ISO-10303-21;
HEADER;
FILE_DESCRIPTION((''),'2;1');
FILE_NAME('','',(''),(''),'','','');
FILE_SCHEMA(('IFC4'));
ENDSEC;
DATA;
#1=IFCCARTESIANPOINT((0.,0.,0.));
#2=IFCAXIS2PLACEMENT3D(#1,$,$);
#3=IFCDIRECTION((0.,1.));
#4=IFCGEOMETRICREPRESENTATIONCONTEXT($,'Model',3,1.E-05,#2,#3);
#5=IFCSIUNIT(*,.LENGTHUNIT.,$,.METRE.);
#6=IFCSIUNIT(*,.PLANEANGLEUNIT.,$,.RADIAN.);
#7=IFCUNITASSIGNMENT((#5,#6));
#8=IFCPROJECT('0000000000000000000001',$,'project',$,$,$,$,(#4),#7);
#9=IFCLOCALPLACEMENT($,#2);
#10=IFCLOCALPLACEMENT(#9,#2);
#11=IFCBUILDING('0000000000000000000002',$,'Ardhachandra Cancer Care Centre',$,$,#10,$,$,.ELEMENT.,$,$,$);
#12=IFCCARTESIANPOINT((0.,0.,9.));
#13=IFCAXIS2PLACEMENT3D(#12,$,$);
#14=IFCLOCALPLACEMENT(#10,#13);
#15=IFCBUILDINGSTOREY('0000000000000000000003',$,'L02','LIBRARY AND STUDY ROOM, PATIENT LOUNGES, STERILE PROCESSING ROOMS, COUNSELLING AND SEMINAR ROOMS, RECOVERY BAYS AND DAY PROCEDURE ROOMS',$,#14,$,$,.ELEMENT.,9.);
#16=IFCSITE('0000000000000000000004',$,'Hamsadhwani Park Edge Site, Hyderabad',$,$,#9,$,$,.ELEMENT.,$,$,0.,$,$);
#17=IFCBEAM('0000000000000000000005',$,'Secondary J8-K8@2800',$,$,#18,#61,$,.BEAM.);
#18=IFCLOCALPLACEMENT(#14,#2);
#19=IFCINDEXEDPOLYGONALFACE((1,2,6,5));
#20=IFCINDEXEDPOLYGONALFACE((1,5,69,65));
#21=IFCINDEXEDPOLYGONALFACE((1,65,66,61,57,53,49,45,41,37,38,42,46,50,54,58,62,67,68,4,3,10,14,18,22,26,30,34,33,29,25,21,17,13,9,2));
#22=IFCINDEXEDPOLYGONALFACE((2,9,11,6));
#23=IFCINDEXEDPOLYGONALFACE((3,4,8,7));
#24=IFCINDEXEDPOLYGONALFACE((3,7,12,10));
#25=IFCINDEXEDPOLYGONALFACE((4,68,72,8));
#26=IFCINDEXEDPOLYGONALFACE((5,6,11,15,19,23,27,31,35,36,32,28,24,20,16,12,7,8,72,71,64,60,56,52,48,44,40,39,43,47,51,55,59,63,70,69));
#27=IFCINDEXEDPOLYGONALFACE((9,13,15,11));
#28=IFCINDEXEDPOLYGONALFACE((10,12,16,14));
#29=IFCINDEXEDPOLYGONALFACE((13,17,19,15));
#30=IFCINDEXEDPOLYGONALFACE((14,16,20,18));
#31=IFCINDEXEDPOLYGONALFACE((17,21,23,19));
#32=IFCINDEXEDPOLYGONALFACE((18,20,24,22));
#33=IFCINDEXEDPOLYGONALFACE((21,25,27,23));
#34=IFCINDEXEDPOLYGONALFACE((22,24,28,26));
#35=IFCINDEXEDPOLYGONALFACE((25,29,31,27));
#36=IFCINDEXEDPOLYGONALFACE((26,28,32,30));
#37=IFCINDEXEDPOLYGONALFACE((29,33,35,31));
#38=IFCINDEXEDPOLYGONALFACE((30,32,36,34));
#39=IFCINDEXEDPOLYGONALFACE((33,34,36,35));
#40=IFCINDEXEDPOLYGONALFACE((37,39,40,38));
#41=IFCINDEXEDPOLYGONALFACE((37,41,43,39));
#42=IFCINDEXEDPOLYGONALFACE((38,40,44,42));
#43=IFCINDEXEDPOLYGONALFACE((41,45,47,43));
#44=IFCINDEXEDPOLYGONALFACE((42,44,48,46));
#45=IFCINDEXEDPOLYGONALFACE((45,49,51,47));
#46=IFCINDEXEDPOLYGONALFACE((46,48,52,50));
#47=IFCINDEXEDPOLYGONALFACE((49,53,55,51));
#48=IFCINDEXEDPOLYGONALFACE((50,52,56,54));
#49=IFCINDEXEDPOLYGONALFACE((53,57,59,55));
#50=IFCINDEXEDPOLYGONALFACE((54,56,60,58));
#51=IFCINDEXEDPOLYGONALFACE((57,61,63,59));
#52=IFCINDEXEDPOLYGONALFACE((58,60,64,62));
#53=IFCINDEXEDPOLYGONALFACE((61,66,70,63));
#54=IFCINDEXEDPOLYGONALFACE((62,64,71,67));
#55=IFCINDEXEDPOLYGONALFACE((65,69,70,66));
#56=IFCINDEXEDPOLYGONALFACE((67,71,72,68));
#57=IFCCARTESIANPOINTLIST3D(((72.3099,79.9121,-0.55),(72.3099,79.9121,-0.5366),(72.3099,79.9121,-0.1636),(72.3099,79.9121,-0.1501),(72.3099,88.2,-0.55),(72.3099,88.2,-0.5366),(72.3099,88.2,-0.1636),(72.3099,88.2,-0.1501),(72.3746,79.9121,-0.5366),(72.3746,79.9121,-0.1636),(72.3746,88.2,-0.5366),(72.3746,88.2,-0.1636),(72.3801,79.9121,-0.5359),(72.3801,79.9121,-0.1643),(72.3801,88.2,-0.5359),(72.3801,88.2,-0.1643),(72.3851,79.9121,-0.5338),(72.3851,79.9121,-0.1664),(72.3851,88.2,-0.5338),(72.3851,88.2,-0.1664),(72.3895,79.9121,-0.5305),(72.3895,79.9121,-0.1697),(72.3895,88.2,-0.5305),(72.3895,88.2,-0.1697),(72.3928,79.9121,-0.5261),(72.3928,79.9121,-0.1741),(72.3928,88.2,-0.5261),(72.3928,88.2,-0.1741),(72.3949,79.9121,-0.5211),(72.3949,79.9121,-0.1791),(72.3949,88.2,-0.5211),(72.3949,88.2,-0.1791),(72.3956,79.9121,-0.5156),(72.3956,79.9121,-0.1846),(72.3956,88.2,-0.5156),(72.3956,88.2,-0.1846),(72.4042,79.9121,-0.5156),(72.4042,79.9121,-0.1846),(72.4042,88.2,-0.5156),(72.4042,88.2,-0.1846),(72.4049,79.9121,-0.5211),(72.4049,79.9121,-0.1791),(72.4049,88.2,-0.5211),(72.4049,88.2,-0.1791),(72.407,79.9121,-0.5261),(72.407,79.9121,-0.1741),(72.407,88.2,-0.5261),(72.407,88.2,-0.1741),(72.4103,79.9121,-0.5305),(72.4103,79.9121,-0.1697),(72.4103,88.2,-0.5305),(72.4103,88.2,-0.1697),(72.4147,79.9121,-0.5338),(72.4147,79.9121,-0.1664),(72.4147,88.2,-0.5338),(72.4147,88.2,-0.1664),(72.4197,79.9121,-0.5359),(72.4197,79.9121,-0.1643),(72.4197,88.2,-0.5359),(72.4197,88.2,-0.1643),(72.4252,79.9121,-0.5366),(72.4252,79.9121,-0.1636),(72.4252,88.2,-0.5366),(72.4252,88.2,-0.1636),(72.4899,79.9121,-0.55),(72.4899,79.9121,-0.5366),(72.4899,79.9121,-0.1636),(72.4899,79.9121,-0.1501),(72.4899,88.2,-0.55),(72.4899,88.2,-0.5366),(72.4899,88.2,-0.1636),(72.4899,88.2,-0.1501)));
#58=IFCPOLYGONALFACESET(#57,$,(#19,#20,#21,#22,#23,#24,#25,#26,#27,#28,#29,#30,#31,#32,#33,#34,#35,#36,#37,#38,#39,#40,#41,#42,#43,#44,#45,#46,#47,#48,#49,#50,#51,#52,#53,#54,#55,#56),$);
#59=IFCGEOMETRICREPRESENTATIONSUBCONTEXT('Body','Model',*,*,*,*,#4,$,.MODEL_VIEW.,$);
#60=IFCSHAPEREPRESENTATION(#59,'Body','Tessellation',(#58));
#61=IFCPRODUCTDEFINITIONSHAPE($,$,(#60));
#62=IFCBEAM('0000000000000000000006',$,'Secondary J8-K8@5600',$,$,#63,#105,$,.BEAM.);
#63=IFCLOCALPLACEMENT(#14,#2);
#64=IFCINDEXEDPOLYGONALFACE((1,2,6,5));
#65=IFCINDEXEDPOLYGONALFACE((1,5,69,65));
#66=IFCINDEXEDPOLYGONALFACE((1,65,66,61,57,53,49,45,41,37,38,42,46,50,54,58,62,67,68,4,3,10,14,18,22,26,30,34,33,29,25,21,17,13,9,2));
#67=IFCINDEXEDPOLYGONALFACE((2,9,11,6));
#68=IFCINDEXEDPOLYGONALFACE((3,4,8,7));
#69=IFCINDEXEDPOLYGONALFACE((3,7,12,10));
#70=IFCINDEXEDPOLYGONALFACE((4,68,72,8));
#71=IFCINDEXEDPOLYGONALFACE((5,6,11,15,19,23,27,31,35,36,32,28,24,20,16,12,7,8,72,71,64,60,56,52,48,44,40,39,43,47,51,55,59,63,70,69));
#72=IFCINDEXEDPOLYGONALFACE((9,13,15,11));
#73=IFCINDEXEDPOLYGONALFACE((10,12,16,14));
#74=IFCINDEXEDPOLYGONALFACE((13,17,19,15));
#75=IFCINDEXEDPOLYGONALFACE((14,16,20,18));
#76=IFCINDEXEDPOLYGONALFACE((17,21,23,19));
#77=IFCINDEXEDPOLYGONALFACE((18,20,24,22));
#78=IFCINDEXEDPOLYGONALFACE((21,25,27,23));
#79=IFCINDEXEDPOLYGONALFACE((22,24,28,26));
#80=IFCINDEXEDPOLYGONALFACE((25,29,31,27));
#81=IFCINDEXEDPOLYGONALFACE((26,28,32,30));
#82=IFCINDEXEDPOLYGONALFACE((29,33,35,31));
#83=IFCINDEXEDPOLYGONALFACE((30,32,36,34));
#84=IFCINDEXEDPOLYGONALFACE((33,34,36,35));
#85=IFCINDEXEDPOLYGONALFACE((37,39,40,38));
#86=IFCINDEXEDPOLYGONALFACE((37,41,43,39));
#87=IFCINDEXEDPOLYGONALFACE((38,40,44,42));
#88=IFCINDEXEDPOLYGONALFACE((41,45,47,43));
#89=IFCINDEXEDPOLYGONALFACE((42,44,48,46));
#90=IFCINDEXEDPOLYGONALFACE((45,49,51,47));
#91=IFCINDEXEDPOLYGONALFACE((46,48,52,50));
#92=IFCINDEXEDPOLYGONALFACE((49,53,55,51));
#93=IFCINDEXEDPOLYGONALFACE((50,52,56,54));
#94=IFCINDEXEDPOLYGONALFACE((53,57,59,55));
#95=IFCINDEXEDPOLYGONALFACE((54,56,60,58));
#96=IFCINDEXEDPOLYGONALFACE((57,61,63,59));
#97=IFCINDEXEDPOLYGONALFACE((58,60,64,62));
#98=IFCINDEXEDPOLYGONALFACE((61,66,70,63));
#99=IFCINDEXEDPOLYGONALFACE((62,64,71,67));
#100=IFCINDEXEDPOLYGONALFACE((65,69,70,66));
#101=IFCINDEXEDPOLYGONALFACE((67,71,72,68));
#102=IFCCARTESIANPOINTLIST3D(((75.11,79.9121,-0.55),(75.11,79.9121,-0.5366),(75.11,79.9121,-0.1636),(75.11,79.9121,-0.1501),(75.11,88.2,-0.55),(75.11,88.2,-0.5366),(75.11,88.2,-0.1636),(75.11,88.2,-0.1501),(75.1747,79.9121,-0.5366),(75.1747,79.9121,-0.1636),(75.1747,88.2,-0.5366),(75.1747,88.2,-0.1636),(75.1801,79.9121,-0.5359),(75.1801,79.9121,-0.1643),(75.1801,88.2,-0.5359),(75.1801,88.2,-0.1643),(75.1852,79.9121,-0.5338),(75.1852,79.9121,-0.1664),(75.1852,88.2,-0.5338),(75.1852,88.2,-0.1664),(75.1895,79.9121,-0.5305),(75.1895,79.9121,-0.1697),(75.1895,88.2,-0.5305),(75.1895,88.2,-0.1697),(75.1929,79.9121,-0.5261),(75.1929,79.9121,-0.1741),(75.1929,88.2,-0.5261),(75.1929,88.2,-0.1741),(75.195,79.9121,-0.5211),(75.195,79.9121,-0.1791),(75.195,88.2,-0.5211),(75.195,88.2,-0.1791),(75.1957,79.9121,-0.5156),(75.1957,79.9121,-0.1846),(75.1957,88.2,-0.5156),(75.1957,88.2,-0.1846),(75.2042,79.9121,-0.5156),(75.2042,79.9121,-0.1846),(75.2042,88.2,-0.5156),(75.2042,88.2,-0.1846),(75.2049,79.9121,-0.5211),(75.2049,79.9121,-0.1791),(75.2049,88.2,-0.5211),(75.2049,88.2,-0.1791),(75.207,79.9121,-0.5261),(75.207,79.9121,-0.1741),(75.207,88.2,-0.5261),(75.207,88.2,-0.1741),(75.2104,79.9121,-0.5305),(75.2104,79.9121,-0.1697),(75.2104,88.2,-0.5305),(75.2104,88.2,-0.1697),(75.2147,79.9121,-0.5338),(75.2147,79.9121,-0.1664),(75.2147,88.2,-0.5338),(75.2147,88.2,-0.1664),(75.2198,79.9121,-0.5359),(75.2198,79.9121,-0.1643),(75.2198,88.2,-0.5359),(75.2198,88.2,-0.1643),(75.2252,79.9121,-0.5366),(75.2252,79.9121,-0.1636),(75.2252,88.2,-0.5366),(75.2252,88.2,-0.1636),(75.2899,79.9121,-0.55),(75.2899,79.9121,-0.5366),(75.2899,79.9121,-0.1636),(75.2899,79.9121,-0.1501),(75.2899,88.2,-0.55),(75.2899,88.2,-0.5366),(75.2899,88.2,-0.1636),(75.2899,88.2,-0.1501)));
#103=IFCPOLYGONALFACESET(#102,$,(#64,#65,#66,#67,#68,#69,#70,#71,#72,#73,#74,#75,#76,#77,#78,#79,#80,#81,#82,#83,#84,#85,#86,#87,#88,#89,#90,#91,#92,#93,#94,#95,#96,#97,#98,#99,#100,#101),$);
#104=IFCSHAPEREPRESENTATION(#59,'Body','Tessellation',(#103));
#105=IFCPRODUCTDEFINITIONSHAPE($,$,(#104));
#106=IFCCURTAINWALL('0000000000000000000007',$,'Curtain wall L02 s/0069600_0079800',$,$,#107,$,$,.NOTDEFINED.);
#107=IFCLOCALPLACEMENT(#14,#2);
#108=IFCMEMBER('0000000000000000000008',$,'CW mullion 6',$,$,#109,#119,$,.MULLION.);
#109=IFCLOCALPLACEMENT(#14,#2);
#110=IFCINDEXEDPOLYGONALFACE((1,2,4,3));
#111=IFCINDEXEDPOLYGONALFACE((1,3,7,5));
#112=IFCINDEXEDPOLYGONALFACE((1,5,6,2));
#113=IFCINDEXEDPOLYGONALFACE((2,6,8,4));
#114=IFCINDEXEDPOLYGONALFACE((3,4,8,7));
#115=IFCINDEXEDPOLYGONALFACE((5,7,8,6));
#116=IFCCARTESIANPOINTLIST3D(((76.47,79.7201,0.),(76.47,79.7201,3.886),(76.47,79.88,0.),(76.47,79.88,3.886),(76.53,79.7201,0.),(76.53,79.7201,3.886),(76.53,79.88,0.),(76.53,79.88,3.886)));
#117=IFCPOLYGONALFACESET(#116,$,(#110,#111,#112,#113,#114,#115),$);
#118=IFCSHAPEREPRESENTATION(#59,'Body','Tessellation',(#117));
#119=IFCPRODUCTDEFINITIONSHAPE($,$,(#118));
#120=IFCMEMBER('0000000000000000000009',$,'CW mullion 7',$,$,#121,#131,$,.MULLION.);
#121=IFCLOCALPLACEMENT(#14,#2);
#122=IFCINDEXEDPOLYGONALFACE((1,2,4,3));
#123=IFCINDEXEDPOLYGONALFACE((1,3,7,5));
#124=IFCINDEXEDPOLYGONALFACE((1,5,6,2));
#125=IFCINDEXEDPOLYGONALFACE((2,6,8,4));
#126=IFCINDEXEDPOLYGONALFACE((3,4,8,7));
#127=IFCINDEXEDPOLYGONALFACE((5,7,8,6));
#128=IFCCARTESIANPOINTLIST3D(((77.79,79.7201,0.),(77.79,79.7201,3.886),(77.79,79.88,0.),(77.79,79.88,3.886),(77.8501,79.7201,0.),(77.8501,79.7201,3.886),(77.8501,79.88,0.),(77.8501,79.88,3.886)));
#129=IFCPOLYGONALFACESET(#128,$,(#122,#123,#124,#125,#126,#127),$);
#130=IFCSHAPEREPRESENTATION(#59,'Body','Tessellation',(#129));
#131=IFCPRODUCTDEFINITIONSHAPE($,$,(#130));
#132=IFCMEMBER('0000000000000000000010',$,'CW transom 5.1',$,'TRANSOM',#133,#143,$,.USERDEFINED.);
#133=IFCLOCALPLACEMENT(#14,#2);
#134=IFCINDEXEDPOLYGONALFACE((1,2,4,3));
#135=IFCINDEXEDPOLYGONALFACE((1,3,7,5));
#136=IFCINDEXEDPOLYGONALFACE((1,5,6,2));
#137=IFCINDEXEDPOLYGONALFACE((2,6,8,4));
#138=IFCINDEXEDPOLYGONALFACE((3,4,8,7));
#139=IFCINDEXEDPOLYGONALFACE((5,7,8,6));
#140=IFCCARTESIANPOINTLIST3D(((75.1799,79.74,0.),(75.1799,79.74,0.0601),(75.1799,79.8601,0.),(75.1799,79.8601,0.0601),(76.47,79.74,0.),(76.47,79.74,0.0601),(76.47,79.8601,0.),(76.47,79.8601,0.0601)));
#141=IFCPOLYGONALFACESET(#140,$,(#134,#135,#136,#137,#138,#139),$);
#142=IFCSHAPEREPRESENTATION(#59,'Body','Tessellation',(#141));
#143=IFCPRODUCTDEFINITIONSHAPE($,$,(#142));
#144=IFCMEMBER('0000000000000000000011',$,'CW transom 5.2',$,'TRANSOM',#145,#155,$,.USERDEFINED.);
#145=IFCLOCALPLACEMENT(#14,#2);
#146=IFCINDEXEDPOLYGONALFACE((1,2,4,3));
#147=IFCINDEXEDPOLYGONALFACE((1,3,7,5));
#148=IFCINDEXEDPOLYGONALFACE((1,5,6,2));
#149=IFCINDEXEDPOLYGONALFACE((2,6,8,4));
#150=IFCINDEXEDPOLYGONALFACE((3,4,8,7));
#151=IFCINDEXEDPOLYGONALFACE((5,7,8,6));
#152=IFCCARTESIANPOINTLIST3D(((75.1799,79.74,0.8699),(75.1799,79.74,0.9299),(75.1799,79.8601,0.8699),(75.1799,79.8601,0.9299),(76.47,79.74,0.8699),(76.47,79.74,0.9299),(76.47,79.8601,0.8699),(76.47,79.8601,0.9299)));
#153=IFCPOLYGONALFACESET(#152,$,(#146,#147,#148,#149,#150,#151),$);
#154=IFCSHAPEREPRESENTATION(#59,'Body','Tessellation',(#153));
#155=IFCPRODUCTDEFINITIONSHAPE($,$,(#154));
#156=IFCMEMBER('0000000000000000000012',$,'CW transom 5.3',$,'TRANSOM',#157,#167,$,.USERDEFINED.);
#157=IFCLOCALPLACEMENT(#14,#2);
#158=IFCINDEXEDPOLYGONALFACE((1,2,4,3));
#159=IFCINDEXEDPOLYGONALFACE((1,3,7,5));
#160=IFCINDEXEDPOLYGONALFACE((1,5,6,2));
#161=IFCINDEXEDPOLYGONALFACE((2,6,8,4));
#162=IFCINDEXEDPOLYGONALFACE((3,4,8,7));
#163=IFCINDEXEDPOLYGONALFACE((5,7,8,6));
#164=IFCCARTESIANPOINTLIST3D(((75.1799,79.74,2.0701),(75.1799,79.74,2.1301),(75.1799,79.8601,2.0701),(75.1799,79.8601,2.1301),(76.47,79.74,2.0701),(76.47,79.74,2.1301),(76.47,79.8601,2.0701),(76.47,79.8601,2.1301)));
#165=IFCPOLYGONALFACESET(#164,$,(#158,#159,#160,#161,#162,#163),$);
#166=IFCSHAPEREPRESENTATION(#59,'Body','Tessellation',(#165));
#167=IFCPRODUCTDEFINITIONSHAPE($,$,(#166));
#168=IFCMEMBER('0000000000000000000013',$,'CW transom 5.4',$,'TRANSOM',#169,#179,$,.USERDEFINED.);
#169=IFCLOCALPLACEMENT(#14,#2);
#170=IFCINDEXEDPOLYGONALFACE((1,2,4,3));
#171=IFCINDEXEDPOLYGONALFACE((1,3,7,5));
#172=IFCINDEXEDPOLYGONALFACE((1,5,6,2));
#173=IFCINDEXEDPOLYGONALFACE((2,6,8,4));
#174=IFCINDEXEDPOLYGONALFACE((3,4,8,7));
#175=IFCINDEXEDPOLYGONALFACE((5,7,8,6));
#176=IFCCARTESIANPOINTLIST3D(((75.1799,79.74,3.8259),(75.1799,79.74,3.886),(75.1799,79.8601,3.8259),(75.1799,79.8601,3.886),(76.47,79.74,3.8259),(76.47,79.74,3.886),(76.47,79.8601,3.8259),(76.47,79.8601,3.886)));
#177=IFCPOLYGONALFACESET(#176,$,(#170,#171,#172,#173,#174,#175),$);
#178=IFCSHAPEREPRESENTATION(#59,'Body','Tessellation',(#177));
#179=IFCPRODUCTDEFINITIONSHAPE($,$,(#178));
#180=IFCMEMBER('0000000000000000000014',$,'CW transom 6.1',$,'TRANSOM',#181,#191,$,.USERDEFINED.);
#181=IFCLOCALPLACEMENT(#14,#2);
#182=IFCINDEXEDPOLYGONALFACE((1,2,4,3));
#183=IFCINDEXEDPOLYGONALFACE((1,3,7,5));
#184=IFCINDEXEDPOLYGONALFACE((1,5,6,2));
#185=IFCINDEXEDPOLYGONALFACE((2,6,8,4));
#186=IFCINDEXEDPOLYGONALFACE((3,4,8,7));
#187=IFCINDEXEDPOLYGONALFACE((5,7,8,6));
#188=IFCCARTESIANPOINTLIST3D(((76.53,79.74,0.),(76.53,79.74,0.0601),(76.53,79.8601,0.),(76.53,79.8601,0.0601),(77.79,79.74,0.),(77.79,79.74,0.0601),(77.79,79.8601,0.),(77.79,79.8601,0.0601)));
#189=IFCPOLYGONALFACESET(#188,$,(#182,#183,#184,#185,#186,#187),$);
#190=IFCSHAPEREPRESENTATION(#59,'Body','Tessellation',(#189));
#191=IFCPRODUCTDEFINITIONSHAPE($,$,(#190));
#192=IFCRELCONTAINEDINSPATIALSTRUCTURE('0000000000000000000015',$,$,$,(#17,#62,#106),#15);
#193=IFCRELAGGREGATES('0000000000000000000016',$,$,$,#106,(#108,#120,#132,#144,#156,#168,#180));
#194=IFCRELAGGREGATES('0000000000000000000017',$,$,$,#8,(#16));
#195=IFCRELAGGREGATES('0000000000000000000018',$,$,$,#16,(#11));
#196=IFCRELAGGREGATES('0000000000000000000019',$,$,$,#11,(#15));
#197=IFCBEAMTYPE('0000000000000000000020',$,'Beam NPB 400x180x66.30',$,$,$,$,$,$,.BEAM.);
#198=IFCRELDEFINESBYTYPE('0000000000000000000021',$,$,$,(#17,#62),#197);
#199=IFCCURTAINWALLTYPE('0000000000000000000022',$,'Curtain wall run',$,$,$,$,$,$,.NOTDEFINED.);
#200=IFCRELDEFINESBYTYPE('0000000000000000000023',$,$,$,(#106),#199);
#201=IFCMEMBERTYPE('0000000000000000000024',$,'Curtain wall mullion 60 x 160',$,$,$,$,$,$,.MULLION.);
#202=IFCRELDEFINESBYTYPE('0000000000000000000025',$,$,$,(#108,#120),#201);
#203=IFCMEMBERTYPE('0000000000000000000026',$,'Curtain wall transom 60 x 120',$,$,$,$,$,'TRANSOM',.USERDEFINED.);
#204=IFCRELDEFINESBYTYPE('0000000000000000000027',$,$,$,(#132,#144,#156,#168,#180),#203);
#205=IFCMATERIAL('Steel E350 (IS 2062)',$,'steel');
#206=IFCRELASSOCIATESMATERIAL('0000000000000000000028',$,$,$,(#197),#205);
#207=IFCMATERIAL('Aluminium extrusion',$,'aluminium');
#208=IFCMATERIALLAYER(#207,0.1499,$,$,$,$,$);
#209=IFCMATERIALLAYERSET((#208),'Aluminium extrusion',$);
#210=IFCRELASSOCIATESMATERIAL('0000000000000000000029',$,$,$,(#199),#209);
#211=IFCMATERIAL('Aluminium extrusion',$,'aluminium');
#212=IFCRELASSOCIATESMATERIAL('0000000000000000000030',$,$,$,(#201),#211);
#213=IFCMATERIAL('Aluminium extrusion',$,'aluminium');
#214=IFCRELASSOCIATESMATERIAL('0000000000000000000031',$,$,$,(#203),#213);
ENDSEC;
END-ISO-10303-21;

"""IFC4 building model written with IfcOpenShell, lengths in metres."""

from ifc_helpers import new_model, si_unit, direction, frame, origin, origin_2d, place, context, subcontext, project, spatial, rectangle, i_section, extrude, material, layer, layer_set, material_profile, profile_set, type_object, element, aggregate, save


model = new_model("IFC4")

# Units and contexts
model_context = context("Model", 3, precision=1e-05, world=origin(), true_north=direction((0.0, 1.0)))
body_context = subcontext(model_context, "Body", "Model", "MODEL_VIEW")
ifc_project = project(units=[si_unit("LENGTHUNIT", "METRE"), si_unit("PLANEANGLEUNIT", "RADIAN")], contexts=[model_context])

# Site, building, storey
site_placement = place(None, origin())
site = spatial("IfcSite", under=ifc_project, at=site_placement, Name="Hamsadhwani Park Edge Site, Hyderabad", CompositionType="ELEMENT", RefElevation=0.0)
building_placement = place(site_placement, origin())
building = spatial("IfcBuilding", under=site, at=building_placement, Name="Ardhachandra Cancer Care Centre", CompositionType="ELEMENT")
storey_placement = place(building_placement, frame((0.0, 0.0, 9.0)))
storey = spatial("IfcBuildingStorey", under=building, at=storey_placement, Name="L02", Description="LIBRARY AND STUDY ROOM, PATIENT LOUNGES, STERILE PROCESSING ROOMS, COUNSELLING AND SEMINAR ROOMS, RECOVERY BAYS AND DAY PROCEDURE ROOMS", CompositionType="ELEMENT", Elevation=9.0)

# Beams
ifc_material_1 = material(Name="Steel E350 (IS 2062)", Category="steel")
ifc_material_profile_1 = material_profile(ifc_material_1, i_section(OverallWidth=0.1799, OverallDepth=0.3999, WebThickness=0.0085, FlangeThickness=0.0134, FilletRadius=0.021, at=origin_2d()), Name="NPB 400x180x66.30")
ifc_profile_set_1 = profile_set([ifc_material_profile_1], Name="Steel E350 (IS 2062)")
beam_type = type_object("IfcBeamType", Name="Beam NPB 400x180x66.30", PredefinedType="BEAM", material=ifc_profile_set_1)
for number, where, z_axis, x_axis, name in (
    (1, (72.3999, 79.9121, -0.3501), (0.0, 1.0, 0.0), (-1.0, 0.0, 0.0), "Secondary J8-K8@2800"),
    (2, (75.2, 79.9121, -0.3501), (0.0, 1.0, 0.0), (-1.0, 0.0, 0.0), "Secondary J8-K8@5600"),
):
    element("IfcBeam", number, at=place(storey_placement, frame(where, z_axis=z_axis, x_axis=x_axis)), inside=storey, type_object=beam_type, Name=name, PredefinedType="BEAM", context=body_context, shape_type="SweptSolid", body=[
        extrude(i_section(OverallWidth=0.1799, OverallDepth=0.3999, WebThickness=0.0085, FlangeThickness=0.0134, FilletRadius=0.021, at=origin_2d()), origin(), (0.0, 0.0, 1.0), 8.2878),
    ])

# Curtain wall, members
ifc_material_2 = material(Name="Aluminium extrusion", Category="aluminium")
ifc_layer_1 = layer(ifc_material_2, 0.1499)
ifc_layer_set_1 = layer_set([ifc_layer_1], Name="Aluminium extrusion")
curtain_wall_type = type_object("IfcCurtainWallType", Name="Curtain wall run", PredefinedType="NOTDEFINED", material=ifc_layer_set_1)
curtain_wall_placement = place(storey_placement, origin())
curtain_wall = element("IfcCurtainWall", 3, at=curtain_wall_placement, inside=storey, type_object=curtain_wall_type, Name="Curtain wall L02 s/0069600_0079800", PredefinedType="NOTDEFINED")
ifc_material_3 = material(Name="Aluminium extrusion", Category="aluminium")
ifc_material_profile_2 = material_profile(ifc_material_3, rectangle(XDim=0.1599, YDim=0.0601, at=origin_2d()), Name="Curtain wall mullion 60 x 160")
ifc_profile_set_2 = profile_set([ifc_material_profile_2], Name="Aluminium extrusion")
member_type_1 = type_object("IfcMemberType", Name="Curtain wall mullion 60 x 160", PredefinedType="MULLION", material=ifc_profile_set_2)
member_1_placement = place(storey_placement, frame((76.5, 79.8, 0.0), z_axis=(0.0, 0.0, 1.0), x_axis=(0.0, 1.0, 0.0)))
member_1 = element("IfcMember", 4, at=member_1_placement, type_object=member_type_1, Name="CW mullion 6", PredefinedType="MULLION", context=body_context, shape_type="SweptSolid", body=[
    extrude(rectangle(XDim=0.1599, YDim=0.0601, at=origin_2d()), origin(), (0.0, 0.0, 1.0), 3.886),
])
member_2_placement = place(storey_placement, frame((77.8201, 79.8, 0.0), z_axis=(0.0, 0.0, 1.0), x_axis=(0.0, 1.0, 0.0)))
member_2 = element("IfcMember", 5, at=member_2_placement, type_object=member_type_1, Name="CW mullion 7", PredefinedType="MULLION", context=body_context, shape_type="SweptSolid", body=[
    extrude(rectangle(XDim=0.1599, YDim=0.0601, at=origin_2d()), origin(), (0.0, 0.0, 1.0), 3.886),
])
ifc_material_4 = material(Name="Aluminium extrusion", Category="aluminium")
ifc_material_profile_3 = material_profile(ifc_material_4, rectangle(XDim=0.1201, YDim=0.0601, at=origin_2d()), Name="Curtain wall transom 60 x 120")
ifc_profile_set_3 = profile_set([ifc_material_profile_3], Name="Aluminium extrusion")
member_type_2 = type_object("IfcMemberType", Name="Curtain wall transom 60 x 120", ElementType="TRANSOM", PredefinedType="USERDEFINED", material=ifc_profile_set_3)
member_3_placement = place(storey_placement, frame((75.1799, 79.8, 0.03), z_axis=(1.0, 0.0, 0.0), x_axis=(0.0, 1.0, 0.0)))
member_3 = element("IfcMember", 6, at=member_3_placement, type_object=member_type_2, Name="CW transom 5.1", ObjectType="TRANSOM", PredefinedType="USERDEFINED", context=body_context, shape_type="SweptSolid", body=[
    extrude(rectangle(XDim=0.1201, YDim=0.0601, at=origin_2d()), origin(), (0.0, 0.0, 1.0), 1.29),
])
member_4_placement = place(storey_placement, frame((75.1799, 79.8, 0.8999), z_axis=(1.0, 0.0, 0.0), x_axis=(0.0, 1.0, 0.0)))
member_4 = element("IfcMember", 7, at=member_4_placement, type_object=member_type_2, Name="CW transom 5.2", ObjectType="TRANSOM", PredefinedType="USERDEFINED", context=body_context, shape_type="SweptSolid", body=[
    extrude(rectangle(XDim=0.1201, YDim=0.0601, at=origin_2d()), origin(), (0.0, 0.0, 1.0), 1.29),
])
member_5_placement = place(storey_placement, frame((75.1799, 79.8, 2.1001), z_axis=(1.0, 0.0, 0.0), x_axis=(0.0, 1.0, 0.0)))
member_5 = element("IfcMember", 8, at=member_5_placement, type_object=member_type_2, Name="CW transom 5.3", ObjectType="TRANSOM", PredefinedType="USERDEFINED", context=body_context, shape_type="SweptSolid", body=[
    extrude(rectangle(XDim=0.1201, YDim=0.0601, at=origin_2d()), origin(), (0.0, 0.0, 1.0), 1.29),
])
member_6_placement = place(storey_placement, frame((75.1799, 79.8, 3.856), z_axis=(1.0, 0.0, 0.0), x_axis=(0.0, 1.0, 0.0)))
member_6 = element("IfcMember", 9, at=member_6_placement, type_object=member_type_2, Name="CW transom 5.4", ObjectType="TRANSOM", PredefinedType="USERDEFINED", context=body_context, shape_type="SweptSolid", body=[
    extrude(rectangle(XDim=0.1201, YDim=0.0601, at=origin_2d()), origin(), (0.0, 0.0, 1.0), 1.29),
])
member_7_placement = place(storey_placement, frame((76.53, 79.8, 0.03), z_axis=(1.0, 0.0, 0.0), x_axis=(0.0, 1.0, 0.0)))
member_7 = element("IfcMember", 10, at=member_7_placement, type_object=member_type_2, Name="CW transom 6.1", ObjectType="TRANSOM", PredefinedType="USERDEFINED", context=body_context, shape_type="SweptSolid", body=[
    extrude(rectangle(XDim=0.1201, YDim=0.0601, at=origin_2d()), origin(), (0.0, 0.0, 1.0), 1.26),
])
aggregate(curtain_wall, [member_1, member_2, member_3, member_4, member_5, member_6, member_7])

save(model, "model.ifc")
